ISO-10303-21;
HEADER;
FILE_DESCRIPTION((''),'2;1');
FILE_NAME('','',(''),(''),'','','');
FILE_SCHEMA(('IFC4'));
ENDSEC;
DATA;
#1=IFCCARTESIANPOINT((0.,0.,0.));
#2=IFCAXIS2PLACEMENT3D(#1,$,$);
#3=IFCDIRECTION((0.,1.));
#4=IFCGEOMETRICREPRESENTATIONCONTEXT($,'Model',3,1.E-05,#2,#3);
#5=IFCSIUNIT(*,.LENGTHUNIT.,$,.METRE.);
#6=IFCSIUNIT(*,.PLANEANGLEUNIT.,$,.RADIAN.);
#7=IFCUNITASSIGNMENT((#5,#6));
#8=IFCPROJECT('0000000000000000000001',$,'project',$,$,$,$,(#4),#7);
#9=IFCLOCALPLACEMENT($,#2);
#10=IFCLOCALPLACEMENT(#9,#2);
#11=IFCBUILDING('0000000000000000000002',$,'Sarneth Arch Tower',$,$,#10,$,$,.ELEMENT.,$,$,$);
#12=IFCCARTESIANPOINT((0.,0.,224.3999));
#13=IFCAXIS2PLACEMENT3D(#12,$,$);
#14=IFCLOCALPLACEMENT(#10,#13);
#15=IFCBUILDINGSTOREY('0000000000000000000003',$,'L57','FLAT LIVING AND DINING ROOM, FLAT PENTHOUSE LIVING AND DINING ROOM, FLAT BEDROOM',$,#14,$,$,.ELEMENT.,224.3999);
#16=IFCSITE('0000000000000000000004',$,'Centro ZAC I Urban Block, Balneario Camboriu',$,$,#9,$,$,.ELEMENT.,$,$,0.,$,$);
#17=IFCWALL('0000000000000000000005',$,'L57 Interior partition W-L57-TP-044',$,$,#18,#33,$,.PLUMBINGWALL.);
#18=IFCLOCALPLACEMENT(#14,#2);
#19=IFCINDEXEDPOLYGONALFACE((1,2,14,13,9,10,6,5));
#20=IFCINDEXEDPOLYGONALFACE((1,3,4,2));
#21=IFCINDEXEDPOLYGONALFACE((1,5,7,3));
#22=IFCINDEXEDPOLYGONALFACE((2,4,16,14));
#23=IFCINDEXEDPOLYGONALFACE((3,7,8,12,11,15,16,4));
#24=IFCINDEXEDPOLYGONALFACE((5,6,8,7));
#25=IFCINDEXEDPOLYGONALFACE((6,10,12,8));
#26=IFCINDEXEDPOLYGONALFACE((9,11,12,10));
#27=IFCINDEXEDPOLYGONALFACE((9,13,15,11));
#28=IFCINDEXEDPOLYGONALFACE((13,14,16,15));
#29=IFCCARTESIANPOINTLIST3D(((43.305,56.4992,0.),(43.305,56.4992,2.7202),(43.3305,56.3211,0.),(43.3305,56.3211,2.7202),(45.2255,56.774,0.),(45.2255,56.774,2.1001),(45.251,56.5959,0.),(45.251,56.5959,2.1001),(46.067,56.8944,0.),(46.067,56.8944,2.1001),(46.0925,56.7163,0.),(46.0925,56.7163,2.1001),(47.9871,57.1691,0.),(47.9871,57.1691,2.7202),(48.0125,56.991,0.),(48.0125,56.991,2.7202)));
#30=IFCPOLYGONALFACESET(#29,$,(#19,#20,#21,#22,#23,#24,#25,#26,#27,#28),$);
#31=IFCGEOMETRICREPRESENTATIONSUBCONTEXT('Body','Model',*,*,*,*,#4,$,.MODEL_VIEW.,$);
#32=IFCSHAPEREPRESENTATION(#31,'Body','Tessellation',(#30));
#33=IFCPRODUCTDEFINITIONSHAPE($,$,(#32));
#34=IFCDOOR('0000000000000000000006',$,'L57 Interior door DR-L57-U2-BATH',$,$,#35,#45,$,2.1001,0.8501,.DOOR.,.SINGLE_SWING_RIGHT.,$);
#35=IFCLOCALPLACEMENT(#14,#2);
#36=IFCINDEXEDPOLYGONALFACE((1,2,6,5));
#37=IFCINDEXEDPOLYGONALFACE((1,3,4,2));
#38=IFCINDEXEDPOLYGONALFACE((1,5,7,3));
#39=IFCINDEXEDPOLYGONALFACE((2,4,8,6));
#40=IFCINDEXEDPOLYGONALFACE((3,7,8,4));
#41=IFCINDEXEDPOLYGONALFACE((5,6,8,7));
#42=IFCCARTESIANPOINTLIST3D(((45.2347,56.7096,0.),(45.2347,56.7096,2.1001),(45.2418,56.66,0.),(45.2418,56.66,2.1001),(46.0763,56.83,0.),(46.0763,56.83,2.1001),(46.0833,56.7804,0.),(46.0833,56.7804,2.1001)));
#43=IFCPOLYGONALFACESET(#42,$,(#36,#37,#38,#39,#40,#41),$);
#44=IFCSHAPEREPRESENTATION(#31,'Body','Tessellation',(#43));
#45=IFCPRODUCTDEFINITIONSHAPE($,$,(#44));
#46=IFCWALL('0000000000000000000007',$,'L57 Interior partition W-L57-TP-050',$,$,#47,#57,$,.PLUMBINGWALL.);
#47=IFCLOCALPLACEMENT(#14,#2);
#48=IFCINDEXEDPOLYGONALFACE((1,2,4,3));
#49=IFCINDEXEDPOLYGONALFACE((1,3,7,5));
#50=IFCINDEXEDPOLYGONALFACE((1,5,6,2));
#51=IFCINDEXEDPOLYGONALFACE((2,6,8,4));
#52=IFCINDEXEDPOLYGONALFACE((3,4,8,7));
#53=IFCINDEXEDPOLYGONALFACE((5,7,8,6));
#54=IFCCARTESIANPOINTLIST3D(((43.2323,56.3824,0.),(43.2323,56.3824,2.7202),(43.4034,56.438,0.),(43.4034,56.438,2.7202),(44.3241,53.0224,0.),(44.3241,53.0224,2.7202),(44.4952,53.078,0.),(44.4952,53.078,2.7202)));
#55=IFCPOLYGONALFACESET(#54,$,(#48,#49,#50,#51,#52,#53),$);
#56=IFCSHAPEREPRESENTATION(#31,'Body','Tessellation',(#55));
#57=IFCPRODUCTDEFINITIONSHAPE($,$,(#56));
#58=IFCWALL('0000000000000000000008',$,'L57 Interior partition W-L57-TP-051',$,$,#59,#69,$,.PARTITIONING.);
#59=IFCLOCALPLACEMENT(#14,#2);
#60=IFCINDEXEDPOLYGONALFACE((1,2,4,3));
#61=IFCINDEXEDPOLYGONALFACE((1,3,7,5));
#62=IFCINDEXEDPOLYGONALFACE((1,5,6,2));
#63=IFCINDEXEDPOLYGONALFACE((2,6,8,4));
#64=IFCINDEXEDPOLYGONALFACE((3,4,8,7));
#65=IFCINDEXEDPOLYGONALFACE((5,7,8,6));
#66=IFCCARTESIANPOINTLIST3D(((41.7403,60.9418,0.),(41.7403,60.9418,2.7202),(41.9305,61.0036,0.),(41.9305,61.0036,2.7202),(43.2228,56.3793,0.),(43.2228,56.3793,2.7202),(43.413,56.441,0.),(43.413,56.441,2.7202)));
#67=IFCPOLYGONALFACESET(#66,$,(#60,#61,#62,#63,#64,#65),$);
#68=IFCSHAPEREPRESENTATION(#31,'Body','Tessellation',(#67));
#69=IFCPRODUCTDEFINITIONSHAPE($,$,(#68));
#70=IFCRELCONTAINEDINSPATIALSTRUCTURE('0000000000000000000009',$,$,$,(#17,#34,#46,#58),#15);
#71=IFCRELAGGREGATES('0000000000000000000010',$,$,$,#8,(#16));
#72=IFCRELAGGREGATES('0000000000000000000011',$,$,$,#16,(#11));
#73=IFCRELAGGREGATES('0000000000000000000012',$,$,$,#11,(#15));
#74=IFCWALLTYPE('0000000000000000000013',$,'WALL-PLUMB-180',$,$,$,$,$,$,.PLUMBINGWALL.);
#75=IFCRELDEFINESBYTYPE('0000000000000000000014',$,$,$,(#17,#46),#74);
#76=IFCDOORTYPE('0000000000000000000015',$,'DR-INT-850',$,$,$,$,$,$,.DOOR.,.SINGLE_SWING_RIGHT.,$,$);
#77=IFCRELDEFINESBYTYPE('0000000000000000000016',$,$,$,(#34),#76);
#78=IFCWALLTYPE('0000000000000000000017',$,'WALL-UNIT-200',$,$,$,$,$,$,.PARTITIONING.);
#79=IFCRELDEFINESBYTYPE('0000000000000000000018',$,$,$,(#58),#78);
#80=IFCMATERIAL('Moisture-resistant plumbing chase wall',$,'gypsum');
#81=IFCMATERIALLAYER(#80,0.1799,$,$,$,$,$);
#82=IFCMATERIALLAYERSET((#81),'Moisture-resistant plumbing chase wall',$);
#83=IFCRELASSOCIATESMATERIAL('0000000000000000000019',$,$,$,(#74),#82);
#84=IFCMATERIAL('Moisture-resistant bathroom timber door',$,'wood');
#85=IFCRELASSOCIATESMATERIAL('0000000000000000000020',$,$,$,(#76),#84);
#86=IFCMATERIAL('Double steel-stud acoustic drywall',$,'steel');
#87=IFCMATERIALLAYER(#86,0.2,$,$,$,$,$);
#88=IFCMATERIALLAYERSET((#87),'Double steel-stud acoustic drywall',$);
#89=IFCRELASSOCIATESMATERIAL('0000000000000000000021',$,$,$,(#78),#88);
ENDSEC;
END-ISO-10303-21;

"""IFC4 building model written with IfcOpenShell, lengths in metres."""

from ifc_helpers import new_model, si_unit, direction, frame, frame_2d, origin, place, context, subcontext, project, spatial, rectangle, extrude, material, layer, layer_set, type_object, element, fill, save


model = new_model("IFC4")

# Units and contexts
model_context = context("Model", 3, precision=1e-05, world=origin(), true_north=direction((0.0, 1.0)))
body_context = subcontext(model_context, "Body", "Model", "MODEL_VIEW")
ifc_project = project(units=[si_unit("LENGTHUNIT", "METRE"), si_unit("PLANEANGLEUNIT", "RADIAN")], contexts=[model_context])

# Site, building, storey
site_placement = place(None, origin())
site = spatial("IfcSite", under=ifc_project, at=site_placement, Name="Centro ZAC I Urban Block, Balneario Camboriu", CompositionType="ELEMENT", RefElevation=0.0)
building_placement = place(site_placement, origin())
building = spatial("IfcBuilding", under=site, at=building_placement, Name="Sarneth Arch Tower", CompositionType="ELEMENT")
storey_placement = place(building_placement, frame((0.0, 0.0, 224.3999)))
storey = spatial("IfcBuildingStorey", under=building, at=storey_placement, Name="L57", Description="FLAT LIVING AND DINING ROOM, FLAT PENTHOUSE LIVING AND DINING ROOM, FLAT BEDROOM", CompositionType="ELEMENT", Elevation=224.3999)

# Wall, opening, door
ifc_material_1 = material(Name="Moisture-resistant plumbing chase wall", Category="gypsum")
ifc_layer_1 = layer(ifc_material_1, 0.1799)
ifc_layer_set_1 = layer_set([ifc_layer_1], Name="Moisture-resistant plumbing chase wall")
wall_type_1 = type_object("IfcWallType", Name="WALL-PLUMB-180", PredefinedType="PLUMBINGWALL", material=ifc_layer_set_1)
wall_1_placement = place(storey_placement, frame((43.3179, 56.4102, 0.0), z_axis=(0.0, 0.0, 1.0), x_axis=(0.989918, 0.141638, 0.0)))
wall_1 = element("IfcWall", 1, at=wall_1_placement, inside=storey, type_object=wall_type_1, Name="L57 Interior partition W-L57-TP-044", PredefinedType="PLUMBINGWALL", context=body_context, shape_type="SweptSolid", body=[
    extrude(rectangle(XDim=4.7297, YDim=0.1799, at=frame_2d((2.3647, 0.0))), origin(), (0.0, 0.0, 1.0), 2.7202),
])
opening_1_placement = place(wall_1_placement, frame((1.9399, 0.0, 0.0)))
opening_1 = element("IfcOpeningElement", 2, at=opening_1_placement, cuts=wall_1, PredefinedType="OPENING", context=body_context, shape_type="SweptSolid", body=[
    extrude(rectangle(XDim=0.8501, YDim=2.1001, at=frame_2d((0.425, 1.05))), frame((0.0, 0.0999, 0.0), z_axis=(0.0, -1.0, 0.0), x_axis=(1.0, 0.0, 0.0)), (0.0, 0.0, 1.0), 0.2),
])
ifc_material_2 = material(Name="Moisture-resistant bathroom timber door", Category="wood")
door_type_1 = type_object("IfcDoorType", Name="DR-INT-850", OperationType="SINGLE_SWING_RIGHT", PredefinedType="DOOR", material=ifc_material_2)
door_1_placement = place(opening_1_placement, origin())
door_1 = element("IfcDoor", 3, at=door_1_placement, inside=storey, type_object=door_type_1, Name="L57 Interior door DR-L57-U2-BATH", OperationType="SINGLE_SWING_RIGHT", OverallHeight=2.1001, OverallWidth=0.8501, PredefinedType="DOOR", context=body_context, shape_type="SweptSolid", body=[
    extrude(rectangle(XDim=0.8501, YDim=2.1001, at=frame_2d((0.425, 1.05))), frame((0.0, 0.0249, 0.0), z_axis=(0.0, -1.0, 0.0), x_axis=(1.0, 0.0, 0.0)), (0.0, 0.0, 1.0), 0.05),
])
fill(opening_1, door_1)

# Walls
wall_2_placement = place(storey_placement, frame((44.4097, 53.05, 0.0), z_axis=(0.0, 0.0, 1.0), x_axis=(-0.309025, 0.951054, 0.0)))
element("IfcWall", 4, at=wall_2_placement, inside=storey, type_object=wall_type_1, Name="L57 Interior partition W-L57-TP-050", PredefinedType="PLUMBINGWALL", context=body_context, shape_type="SweptSolid", body=[
    extrude(rectangle(XDim=3.533, YDim=0.1799, at=frame_2d((1.7666, 0.0))), origin(), (0.0, 0.0, 1.0), 2.7202),
])
ifc_material_3 = material(Name="Double steel-stud acoustic drywall", Category="steel")
ifc_layer_2 = layer(ifc_material_3, 0.2)
ifc_layer_set_2 = layer_set([ifc_layer_2], Name="Double steel-stud acoustic drywall")
wall_type_2 = type_object("IfcWallType", Name="WALL-UNIT-200", PredefinedType="PARTITIONING", material=ifc_layer_set_2)
wall_3_placement = place(storey_placement, frame((43.3179, 56.4102, 0.0), z_axis=(0.0, 0.0, 1.0), x_axis=(-0.309012, 0.951058, 0.0)))
element("IfcWall", 5, at=wall_3_placement, inside=storey, type_object=wall_type_2, Name="L57 Interior partition W-L57-TP-051", PredefinedType="PARTITIONING", context=body_context, shape_type="SweptSolid", body=[
    extrude(rectangle(XDim=4.7974, YDim=0.2, at=frame_2d((2.3987, 0.0))), origin(), (0.0, 0.0, 1.0), 2.7202),
])

save(model, "model.ifc")
